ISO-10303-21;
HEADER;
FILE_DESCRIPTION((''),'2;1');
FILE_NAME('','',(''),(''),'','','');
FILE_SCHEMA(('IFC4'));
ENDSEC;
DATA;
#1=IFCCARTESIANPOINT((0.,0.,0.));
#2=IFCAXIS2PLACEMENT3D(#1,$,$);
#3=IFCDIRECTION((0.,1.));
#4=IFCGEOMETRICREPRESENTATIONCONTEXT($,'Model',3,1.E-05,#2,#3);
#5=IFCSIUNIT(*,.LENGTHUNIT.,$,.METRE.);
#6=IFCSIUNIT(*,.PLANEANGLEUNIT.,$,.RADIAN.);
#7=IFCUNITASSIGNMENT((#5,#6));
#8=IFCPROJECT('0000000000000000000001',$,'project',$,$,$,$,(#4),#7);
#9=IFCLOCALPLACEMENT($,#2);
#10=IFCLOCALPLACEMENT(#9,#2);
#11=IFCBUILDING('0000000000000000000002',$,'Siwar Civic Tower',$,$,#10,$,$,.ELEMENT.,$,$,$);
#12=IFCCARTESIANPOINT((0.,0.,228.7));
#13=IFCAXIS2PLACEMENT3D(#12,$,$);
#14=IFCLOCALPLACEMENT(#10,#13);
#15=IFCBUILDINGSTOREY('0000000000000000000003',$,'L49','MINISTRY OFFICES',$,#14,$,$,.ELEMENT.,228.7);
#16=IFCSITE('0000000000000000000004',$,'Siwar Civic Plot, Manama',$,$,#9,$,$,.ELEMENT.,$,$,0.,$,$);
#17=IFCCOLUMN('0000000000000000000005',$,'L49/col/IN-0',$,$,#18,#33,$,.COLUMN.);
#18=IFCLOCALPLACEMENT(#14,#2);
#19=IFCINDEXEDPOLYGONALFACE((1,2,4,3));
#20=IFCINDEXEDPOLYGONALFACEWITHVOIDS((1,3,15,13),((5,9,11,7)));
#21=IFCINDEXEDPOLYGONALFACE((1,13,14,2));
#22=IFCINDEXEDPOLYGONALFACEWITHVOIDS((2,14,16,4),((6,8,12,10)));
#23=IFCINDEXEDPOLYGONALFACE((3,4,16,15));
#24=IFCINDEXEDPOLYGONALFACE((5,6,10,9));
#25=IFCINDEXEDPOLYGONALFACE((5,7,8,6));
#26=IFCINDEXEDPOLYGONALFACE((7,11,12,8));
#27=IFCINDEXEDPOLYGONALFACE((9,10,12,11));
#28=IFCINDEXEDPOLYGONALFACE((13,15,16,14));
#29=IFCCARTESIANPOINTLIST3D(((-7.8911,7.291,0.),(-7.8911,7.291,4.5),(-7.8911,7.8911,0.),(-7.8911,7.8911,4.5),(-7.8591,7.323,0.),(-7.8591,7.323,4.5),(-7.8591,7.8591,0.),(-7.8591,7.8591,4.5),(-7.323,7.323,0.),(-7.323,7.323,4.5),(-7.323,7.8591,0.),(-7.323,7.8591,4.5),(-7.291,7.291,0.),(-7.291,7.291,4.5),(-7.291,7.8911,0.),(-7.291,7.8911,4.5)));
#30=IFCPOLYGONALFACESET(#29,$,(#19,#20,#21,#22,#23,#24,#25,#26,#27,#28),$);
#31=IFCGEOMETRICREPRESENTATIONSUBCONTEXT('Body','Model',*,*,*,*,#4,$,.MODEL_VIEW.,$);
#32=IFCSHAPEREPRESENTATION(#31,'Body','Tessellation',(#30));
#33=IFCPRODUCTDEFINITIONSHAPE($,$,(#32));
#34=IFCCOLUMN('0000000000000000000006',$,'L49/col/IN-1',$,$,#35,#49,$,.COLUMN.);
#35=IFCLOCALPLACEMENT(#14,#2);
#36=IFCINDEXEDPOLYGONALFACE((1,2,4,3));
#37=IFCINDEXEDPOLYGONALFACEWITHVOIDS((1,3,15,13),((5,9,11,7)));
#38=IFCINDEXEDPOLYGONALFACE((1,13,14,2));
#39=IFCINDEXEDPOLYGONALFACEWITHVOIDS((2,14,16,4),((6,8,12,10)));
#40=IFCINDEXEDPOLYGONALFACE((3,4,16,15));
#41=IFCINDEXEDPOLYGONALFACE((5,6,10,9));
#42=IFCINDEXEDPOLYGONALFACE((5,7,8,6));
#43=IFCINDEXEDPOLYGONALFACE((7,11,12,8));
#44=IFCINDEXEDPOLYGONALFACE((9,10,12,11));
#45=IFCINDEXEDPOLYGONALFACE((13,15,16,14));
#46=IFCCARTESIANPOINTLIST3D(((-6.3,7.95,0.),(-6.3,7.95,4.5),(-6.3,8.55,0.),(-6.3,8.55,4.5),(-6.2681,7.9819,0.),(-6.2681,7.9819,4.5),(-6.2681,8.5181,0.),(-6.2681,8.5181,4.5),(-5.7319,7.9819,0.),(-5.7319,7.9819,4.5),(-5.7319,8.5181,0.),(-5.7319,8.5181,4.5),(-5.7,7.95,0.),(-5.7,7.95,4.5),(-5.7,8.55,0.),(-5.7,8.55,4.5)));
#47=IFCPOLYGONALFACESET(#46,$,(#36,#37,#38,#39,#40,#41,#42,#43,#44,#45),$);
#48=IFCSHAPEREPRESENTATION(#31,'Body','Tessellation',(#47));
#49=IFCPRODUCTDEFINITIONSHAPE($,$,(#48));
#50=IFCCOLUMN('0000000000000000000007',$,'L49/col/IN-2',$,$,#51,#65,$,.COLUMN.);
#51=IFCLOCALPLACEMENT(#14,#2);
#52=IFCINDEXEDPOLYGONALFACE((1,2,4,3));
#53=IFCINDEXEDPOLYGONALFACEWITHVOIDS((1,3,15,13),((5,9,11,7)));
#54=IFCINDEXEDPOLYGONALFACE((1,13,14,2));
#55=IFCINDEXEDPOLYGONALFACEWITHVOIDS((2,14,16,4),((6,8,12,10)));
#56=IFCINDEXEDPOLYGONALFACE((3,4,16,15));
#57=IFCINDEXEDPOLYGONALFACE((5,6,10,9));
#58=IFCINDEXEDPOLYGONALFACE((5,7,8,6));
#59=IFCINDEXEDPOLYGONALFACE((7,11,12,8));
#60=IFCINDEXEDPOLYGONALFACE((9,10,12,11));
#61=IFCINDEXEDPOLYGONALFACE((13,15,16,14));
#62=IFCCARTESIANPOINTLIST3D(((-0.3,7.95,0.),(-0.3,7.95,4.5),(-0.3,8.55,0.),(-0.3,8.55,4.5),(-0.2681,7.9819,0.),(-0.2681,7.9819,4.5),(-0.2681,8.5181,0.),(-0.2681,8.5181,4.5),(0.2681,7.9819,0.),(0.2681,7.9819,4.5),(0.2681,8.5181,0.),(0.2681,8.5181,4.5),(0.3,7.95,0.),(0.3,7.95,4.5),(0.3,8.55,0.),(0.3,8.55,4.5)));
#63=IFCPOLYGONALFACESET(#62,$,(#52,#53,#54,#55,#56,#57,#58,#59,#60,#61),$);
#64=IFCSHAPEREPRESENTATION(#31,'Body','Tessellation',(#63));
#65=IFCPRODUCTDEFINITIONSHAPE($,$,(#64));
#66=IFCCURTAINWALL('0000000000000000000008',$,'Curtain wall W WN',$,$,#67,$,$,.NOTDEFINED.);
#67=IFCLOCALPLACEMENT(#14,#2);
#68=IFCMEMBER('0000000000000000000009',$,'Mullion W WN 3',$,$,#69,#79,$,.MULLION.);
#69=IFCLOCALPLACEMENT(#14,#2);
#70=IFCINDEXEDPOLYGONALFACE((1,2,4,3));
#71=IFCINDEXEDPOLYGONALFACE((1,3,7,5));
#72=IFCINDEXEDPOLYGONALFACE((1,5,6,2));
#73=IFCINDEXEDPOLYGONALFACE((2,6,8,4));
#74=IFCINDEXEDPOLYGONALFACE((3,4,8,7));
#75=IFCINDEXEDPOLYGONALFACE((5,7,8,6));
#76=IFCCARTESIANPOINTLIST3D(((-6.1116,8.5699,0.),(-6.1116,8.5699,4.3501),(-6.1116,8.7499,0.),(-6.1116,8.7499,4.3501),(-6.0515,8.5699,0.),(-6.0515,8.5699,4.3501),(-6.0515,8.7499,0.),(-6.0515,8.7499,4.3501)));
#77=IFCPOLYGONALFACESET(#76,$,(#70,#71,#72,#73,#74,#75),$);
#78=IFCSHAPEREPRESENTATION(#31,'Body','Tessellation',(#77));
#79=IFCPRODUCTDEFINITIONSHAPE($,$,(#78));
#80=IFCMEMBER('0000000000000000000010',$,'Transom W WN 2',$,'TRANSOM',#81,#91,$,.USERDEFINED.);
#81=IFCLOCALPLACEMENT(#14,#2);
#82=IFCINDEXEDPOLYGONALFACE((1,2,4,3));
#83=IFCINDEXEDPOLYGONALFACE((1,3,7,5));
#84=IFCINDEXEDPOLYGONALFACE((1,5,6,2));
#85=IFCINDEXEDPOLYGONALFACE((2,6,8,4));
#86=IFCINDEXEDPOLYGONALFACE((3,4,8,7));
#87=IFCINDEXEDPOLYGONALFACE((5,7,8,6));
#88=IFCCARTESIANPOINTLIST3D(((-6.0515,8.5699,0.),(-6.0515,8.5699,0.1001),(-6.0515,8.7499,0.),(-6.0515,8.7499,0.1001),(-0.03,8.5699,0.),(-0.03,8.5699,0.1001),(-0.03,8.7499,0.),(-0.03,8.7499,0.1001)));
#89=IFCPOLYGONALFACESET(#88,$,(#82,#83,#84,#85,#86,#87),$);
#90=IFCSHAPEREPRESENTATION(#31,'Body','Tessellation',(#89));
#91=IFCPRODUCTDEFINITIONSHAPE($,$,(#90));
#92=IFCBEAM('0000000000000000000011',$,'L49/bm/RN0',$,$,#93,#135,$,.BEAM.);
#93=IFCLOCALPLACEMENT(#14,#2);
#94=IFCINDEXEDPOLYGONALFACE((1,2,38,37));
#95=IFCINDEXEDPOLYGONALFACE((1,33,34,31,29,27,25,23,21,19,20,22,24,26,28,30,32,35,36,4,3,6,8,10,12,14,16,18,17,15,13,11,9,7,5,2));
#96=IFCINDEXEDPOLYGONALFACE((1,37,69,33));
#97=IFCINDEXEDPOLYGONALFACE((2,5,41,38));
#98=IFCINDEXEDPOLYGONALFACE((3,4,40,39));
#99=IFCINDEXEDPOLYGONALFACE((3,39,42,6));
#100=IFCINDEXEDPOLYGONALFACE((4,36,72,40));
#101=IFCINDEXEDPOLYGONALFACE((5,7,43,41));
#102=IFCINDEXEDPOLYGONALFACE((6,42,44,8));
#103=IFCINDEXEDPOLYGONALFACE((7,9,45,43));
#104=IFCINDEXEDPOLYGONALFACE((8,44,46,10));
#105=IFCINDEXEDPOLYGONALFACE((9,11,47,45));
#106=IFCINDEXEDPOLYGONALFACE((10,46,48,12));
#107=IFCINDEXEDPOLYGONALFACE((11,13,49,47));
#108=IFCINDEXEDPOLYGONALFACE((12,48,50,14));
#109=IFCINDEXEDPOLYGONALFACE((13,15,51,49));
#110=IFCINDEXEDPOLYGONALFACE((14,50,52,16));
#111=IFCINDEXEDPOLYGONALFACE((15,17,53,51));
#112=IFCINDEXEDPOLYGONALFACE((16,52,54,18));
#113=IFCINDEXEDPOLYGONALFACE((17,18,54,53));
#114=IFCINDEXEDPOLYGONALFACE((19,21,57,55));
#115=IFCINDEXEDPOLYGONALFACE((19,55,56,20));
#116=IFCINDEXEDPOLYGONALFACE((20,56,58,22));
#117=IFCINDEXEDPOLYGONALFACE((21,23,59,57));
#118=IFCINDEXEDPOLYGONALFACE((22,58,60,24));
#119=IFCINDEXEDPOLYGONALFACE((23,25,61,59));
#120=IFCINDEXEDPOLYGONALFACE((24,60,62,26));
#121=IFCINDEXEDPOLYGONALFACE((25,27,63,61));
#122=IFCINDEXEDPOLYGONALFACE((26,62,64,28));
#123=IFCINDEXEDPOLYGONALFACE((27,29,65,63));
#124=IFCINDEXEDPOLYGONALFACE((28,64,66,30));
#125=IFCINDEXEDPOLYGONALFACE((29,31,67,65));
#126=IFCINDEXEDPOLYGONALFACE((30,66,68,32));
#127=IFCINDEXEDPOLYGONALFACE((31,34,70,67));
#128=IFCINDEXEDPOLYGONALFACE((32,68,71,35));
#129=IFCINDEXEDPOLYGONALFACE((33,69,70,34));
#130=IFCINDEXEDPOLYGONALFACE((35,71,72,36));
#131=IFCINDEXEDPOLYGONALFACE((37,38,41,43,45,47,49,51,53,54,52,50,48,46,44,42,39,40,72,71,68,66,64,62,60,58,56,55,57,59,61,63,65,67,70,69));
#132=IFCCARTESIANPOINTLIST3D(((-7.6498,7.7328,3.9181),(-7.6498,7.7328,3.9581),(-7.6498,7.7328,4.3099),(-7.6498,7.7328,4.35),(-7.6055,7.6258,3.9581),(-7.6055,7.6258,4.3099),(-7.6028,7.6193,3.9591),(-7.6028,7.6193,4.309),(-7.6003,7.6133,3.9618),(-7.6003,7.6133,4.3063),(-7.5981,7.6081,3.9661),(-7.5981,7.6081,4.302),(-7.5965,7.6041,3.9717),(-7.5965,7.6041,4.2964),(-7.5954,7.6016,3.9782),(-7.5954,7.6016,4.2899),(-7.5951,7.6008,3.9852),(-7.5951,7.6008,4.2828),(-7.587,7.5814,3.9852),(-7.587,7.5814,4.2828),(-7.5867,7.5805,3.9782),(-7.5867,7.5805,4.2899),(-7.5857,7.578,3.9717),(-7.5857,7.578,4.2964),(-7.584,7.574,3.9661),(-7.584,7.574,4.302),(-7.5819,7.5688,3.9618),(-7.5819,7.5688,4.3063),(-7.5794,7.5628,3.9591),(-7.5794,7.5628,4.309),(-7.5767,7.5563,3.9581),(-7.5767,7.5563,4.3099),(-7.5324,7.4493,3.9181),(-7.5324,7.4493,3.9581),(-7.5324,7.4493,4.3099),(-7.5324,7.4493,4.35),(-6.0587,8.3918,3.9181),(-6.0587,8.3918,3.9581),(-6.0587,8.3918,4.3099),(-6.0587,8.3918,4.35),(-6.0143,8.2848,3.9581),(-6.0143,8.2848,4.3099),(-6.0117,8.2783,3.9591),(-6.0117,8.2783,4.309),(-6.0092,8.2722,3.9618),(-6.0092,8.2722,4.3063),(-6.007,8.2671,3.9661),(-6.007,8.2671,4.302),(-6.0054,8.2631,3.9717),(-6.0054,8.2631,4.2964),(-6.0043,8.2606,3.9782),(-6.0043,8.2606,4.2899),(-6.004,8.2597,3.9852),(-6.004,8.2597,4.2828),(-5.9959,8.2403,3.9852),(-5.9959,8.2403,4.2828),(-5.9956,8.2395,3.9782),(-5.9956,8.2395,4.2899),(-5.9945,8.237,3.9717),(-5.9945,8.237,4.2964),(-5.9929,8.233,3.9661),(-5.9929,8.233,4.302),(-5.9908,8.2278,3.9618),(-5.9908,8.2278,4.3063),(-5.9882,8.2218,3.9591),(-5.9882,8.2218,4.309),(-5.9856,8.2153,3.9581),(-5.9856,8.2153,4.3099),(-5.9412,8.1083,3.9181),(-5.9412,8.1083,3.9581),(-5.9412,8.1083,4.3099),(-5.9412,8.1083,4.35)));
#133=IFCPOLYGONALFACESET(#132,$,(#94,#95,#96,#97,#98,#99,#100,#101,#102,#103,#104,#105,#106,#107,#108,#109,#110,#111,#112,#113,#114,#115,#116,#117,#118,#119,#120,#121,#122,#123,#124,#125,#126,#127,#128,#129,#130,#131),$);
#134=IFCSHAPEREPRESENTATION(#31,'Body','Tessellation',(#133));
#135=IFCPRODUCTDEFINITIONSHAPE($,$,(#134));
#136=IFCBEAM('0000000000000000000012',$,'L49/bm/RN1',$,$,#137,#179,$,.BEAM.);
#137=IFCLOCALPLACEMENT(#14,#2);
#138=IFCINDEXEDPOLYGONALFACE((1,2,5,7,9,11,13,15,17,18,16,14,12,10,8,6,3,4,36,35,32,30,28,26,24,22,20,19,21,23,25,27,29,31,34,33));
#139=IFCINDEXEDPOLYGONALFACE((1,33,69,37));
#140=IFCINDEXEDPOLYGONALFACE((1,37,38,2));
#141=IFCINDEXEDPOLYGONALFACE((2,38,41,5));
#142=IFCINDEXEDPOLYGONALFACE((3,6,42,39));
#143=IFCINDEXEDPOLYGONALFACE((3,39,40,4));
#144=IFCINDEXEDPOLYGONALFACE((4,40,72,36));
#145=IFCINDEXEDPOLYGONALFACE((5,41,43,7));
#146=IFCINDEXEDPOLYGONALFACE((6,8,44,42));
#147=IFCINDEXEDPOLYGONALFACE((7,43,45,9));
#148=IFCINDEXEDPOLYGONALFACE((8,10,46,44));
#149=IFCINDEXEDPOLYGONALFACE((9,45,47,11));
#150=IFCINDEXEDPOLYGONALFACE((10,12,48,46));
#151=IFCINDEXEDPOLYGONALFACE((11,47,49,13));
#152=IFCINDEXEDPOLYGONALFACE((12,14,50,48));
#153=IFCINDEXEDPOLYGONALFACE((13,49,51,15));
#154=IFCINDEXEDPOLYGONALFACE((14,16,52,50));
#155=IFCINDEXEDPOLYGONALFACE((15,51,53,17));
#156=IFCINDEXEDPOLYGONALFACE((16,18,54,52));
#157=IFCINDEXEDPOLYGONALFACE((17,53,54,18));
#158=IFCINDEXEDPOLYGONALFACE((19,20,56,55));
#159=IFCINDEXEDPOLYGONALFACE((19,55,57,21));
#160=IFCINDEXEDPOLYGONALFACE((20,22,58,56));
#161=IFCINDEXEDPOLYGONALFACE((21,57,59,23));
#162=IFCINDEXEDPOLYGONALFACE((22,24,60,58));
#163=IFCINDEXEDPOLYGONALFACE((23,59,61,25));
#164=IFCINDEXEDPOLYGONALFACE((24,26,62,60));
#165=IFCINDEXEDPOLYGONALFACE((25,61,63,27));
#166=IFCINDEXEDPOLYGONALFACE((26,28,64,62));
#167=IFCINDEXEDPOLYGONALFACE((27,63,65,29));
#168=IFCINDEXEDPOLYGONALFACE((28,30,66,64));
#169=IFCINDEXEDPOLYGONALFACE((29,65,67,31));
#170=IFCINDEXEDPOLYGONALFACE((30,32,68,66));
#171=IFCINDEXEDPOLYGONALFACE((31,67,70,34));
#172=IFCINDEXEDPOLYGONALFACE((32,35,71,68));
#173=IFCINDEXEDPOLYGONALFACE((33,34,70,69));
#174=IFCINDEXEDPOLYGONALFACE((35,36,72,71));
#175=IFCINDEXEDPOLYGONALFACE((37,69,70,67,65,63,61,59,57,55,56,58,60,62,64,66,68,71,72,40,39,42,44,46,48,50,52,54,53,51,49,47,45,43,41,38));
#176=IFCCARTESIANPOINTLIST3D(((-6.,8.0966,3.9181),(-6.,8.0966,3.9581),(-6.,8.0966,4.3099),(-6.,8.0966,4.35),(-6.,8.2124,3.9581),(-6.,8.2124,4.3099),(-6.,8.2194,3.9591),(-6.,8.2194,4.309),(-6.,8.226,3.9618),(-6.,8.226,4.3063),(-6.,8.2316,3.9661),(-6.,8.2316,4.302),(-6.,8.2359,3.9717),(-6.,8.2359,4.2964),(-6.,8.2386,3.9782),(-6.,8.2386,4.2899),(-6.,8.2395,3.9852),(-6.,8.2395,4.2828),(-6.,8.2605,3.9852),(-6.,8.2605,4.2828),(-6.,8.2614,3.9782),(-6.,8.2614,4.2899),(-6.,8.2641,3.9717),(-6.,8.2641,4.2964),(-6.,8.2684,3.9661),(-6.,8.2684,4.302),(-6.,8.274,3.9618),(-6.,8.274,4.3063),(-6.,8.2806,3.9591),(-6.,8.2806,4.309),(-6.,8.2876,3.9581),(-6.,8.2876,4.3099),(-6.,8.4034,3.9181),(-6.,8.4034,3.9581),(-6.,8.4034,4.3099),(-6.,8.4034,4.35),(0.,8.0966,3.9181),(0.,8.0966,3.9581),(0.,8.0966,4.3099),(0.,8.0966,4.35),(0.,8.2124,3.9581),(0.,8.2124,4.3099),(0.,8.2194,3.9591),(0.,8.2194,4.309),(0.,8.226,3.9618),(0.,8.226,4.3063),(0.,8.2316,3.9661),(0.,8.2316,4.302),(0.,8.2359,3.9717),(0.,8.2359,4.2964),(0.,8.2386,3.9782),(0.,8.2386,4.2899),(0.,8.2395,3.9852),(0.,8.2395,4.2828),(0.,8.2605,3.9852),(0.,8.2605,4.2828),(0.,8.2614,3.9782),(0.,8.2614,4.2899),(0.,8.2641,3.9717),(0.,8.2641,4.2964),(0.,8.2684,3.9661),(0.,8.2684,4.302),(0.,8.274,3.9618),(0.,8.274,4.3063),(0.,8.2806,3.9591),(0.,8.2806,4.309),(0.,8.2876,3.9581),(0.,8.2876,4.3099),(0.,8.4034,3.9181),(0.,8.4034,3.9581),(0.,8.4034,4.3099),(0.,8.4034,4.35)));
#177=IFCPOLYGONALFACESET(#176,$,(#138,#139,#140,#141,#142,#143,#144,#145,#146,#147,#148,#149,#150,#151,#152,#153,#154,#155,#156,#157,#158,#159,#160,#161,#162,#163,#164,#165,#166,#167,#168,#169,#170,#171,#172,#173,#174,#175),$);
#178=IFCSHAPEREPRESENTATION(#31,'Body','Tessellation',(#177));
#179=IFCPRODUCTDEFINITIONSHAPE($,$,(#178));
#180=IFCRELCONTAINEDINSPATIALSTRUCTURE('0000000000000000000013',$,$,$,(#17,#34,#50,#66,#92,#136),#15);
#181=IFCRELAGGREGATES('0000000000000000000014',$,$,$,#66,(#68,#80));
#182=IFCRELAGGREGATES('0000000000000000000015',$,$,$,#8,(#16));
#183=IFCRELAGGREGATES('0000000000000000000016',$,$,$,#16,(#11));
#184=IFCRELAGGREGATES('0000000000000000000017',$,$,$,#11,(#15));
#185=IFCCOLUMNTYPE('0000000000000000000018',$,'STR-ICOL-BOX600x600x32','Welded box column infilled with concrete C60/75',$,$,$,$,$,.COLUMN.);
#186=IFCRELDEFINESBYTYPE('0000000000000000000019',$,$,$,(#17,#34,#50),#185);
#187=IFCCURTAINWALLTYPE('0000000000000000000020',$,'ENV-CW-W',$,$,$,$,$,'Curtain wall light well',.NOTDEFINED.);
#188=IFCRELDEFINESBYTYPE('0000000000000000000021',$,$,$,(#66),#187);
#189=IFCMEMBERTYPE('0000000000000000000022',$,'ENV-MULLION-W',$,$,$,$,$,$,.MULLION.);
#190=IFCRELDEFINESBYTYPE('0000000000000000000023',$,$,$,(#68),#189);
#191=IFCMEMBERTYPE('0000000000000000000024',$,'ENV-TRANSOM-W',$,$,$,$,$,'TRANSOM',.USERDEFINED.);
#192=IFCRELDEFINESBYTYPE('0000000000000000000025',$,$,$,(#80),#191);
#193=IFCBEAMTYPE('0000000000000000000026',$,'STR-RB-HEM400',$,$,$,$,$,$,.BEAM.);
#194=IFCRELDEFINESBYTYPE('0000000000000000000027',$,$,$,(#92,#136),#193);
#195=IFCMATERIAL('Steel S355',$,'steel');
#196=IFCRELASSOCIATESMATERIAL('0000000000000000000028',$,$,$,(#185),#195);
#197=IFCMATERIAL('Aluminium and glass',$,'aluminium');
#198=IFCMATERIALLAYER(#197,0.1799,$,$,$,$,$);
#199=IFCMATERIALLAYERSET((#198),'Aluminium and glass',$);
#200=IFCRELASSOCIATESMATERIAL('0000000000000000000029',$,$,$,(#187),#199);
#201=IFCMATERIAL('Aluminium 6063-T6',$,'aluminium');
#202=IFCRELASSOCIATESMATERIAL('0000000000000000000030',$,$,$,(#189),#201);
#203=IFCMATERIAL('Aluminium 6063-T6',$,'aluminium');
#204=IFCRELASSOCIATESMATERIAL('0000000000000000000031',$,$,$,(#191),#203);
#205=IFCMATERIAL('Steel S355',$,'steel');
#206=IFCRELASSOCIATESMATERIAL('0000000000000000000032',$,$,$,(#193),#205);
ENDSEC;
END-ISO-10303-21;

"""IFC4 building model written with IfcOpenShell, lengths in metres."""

from ifc_helpers import new_model, si_unit, direction, frame, origin, origin_2d, place, context, subcontext, project, spatial, rectangle, hollow_rectangle, i_section, extrude, material, layer, layer_set, material_profile, profile_set, type_object, element, aggregate, save


model = new_model("IFC4")

# Units and contexts
model_context = context("Model", 3, precision=1e-05, world=origin(), true_north=direction((0.0, 1.0)))
body_context = subcontext(model_context, "Body", "Model", "MODEL_VIEW")
ifc_project = project(units=[si_unit("LENGTHUNIT", "METRE"), si_unit("PLANEANGLEUNIT", "RADIAN")], contexts=[model_context])

# Site, building, storey
site_placement = place(None, origin())
site = spatial("IfcSite", under=ifc_project, at=site_placement, Name="Siwar Civic Plot, Manama", CompositionType="ELEMENT", RefElevation=0.0)
building_placement = place(site_placement, origin())
building = spatial("IfcBuilding", under=site, at=building_placement, Name="Siwar Civic Tower", CompositionType="ELEMENT")
storey_placement = place(building_placement, frame((0.0, 0.0, 228.7)))
storey = spatial("IfcBuildingStorey", under=building, at=storey_placement, Name="L49", Description="MINISTRY OFFICES", CompositionType="ELEMENT", Elevation=228.7)

# Columns
ifc_material_1 = material(Name="Steel S355", Category="steel")
ifc_material_profile_1 = material_profile(ifc_material_1, hollow_rectangle(XDim=0.6001, YDim=0.6001, WallThickness=0.032, at=origin_2d()), Name="BOX600x600x32")
ifc_profile_set_1 = profile_set([ifc_material_profile_1], Name="Steel S355")
column_type = type_object("IfcColumnType", Name="STR-ICOL-BOX600x600x32", Description="Welded box column infilled with concrete C60/75", PredefinedType="COLUMN", material=ifc_profile_set_1)
for number, where, z_axis, x_axis, name in (
    (1, (-7.5911, 7.5911, 0.0), (0.0, 0.0, 1.0), (1.0, 0.0, 0.0), "L49/col/IN-0"),
    (2, (-6.0, 8.25, 0.0), (0.0, 0.0, 1.0), (1.0, 0.0, 0.0), "L49/col/IN-1"),
    (3, (0.0, 8.25, 0.0), (0.0, 0.0, 1.0), (1.0, 0.0, 0.0), "L49/col/IN-2"),
):
    element("IfcColumn", number, at=place(storey_placement, frame(where, z_axis=z_axis, x_axis=x_axis)), inside=storey, type_object=column_type, Name=name, PredefinedType="COLUMN", context=body_context, shape_type="SweptSolid", body=[
        extrude(hollow_rectangle(XDim=0.6001, YDim=0.6001, WallThickness=0.032, at=origin_2d()), origin(), (0.0, 0.0, 1.0), 4.5),
    ])

# Curtain wall, members
ifc_material_2 = material(Name="Aluminium and glass", Category="aluminium")
ifc_layer_1 = layer(ifc_material_2, 0.1799)
ifc_layer_set_1 = layer_set([ifc_layer_1], Name="Aluminium and glass")
curtain_wall_type = type_object("IfcCurtainWallType", Name="ENV-CW-W", ElementType="Curtain wall light well", PredefinedType="NOTDEFINED", material=ifc_layer_set_1)
curtain_wall_placement = place(storey_placement, origin())
curtain_wall = element("IfcCurtainWall", 4, at=curtain_wall_placement, inside=storey, type_object=curtain_wall_type, Name="Curtain wall W WN", PredefinedType="NOTDEFINED")
ifc_material_3 = material(Name="Aluminium 6063-T6", Category="aluminium")
ifc_material_profile_2 = material_profile(ifc_material_3, rectangle(XDim=0.1799, YDim=0.0601, at=origin_2d()), Name="AL 180x60")
ifc_profile_set_2 = profile_set([ifc_material_profile_2], Name="Aluminium 6063-T6")
member_type_1 = type_object("IfcMemberType", Name="ENV-MULLION-W", PredefinedType="MULLION", material=ifc_profile_set_2)
member_1_placement = place(storey_placement, frame((-6.0815, 8.6599, 0.0), z_axis=(0.0, 0.0, 1.0), x_axis=(0.0, -1.0, 0.0)))
member_1 = element("IfcMember", 5, at=member_1_placement, type_object=member_type_1, Name="Mullion W WN 3", PredefinedType="MULLION", context=body_context, shape_type="SweptSolid", body=[
    extrude(rectangle(XDim=0.1799, YDim=0.0601, at=origin_2d()), origin(), (0.0, 0.0, 1.0), 4.3501),
])
ifc_material_4 = material(Name="Aluminium 6063-T6", Category="aluminium")
ifc_material_profile_3 = material_profile(ifc_material_4, rectangle(XDim=0.1799, YDim=0.1001, at=origin_2d()), Name="AL 180x100")
ifc_profile_set_3 = profile_set([ifc_material_profile_3], Name="Aluminium 6063-T6")
member_type_2 = type_object("IfcMemberType", Name="ENV-TRANSOM-W", ElementType="TRANSOM", PredefinedType="USERDEFINED", material=ifc_profile_set_3)
member_2_placement = place(storey_placement, frame((-0.03, 8.6599, 0.05), z_axis=(-1.0, 0.0, 0.0), x_axis=(0.0, -1.0, 0.0)))
member_2 = element("IfcMember", 6, at=member_2_placement, type_object=member_type_2, Name="Transom W WN 2", ObjectType="TRANSOM", PredefinedType="USERDEFINED", context=body_context, shape_type="SweptSolid", body=[
    extrude(rectangle(XDim=0.1799, YDim=0.1001, at=origin_2d()), origin(), (0.0, 0.0, 1.0), 6.0215),
])

# Beams
ifc_material_5 = material(Name="Steel S355", Category="steel")
ifc_material_profile_4 = material_profile(ifc_material_5, i_section(OverallWidth=0.3069, OverallDepth=0.4319, WebThickness=0.021, FlangeThickness=0.04, FilletRadius=0.0271, at=origin_2d()), Name="HEM400")
ifc_profile_set_4 = profile_set([ifc_material_profile_4], Name="Steel S355")
beam_type = type_object("IfcBeamType", Name="STR-RB-HEM400", PredefinedType="BEAM", material=ifc_profile_set_4)
beam_1_placement = place(storey_placement, frame((-7.5911, 7.5911, 4.134), z_axis=(0.923901, 0.382631, 0.0), x_axis=(-0.382631, 0.923901, 0.0)))
element("IfcBeam", 7, at=beam_1_placement, inside=storey, type_object=beam_type, Name="L49/bm/RN0", PredefinedType="BEAM", context=body_context, shape_type="SweptSolid", body=[
    extrude(i_section(OverallWidth=0.3069, OverallDepth=0.4319, WebThickness=0.021, FlangeThickness=0.04, FilletRadius=0.0271, at=origin_2d()), origin(), (0.0, 0.0, 1.0), 1.7222),
])
for number, where, z_axis, x_axis, name in (
    (8, (-6.0, 8.25, 4.134), (1.0, 0.0, 0.0), (0.0, 1.0, 0.0), "L49/bm/RN1"),
):
    element("IfcBeam", number, at=place(storey_placement, frame(where, z_axis=z_axis, x_axis=x_axis)), inside=storey, type_object=beam_type, Name=name, PredefinedType="BEAM", context=body_context, shape_type="SweptSolid", body=[
        extrude(i_section(OverallWidth=0.3069, OverallDepth=0.4319, WebThickness=0.021, FlangeThickness=0.04, FilletRadius=0.0271, at=origin_2d()), origin(), (0.0, 0.0, 1.0), 6.0),
    ])

aggregate(curtain_wall, [member_1, member_2])

save(model, "model.ifc")
